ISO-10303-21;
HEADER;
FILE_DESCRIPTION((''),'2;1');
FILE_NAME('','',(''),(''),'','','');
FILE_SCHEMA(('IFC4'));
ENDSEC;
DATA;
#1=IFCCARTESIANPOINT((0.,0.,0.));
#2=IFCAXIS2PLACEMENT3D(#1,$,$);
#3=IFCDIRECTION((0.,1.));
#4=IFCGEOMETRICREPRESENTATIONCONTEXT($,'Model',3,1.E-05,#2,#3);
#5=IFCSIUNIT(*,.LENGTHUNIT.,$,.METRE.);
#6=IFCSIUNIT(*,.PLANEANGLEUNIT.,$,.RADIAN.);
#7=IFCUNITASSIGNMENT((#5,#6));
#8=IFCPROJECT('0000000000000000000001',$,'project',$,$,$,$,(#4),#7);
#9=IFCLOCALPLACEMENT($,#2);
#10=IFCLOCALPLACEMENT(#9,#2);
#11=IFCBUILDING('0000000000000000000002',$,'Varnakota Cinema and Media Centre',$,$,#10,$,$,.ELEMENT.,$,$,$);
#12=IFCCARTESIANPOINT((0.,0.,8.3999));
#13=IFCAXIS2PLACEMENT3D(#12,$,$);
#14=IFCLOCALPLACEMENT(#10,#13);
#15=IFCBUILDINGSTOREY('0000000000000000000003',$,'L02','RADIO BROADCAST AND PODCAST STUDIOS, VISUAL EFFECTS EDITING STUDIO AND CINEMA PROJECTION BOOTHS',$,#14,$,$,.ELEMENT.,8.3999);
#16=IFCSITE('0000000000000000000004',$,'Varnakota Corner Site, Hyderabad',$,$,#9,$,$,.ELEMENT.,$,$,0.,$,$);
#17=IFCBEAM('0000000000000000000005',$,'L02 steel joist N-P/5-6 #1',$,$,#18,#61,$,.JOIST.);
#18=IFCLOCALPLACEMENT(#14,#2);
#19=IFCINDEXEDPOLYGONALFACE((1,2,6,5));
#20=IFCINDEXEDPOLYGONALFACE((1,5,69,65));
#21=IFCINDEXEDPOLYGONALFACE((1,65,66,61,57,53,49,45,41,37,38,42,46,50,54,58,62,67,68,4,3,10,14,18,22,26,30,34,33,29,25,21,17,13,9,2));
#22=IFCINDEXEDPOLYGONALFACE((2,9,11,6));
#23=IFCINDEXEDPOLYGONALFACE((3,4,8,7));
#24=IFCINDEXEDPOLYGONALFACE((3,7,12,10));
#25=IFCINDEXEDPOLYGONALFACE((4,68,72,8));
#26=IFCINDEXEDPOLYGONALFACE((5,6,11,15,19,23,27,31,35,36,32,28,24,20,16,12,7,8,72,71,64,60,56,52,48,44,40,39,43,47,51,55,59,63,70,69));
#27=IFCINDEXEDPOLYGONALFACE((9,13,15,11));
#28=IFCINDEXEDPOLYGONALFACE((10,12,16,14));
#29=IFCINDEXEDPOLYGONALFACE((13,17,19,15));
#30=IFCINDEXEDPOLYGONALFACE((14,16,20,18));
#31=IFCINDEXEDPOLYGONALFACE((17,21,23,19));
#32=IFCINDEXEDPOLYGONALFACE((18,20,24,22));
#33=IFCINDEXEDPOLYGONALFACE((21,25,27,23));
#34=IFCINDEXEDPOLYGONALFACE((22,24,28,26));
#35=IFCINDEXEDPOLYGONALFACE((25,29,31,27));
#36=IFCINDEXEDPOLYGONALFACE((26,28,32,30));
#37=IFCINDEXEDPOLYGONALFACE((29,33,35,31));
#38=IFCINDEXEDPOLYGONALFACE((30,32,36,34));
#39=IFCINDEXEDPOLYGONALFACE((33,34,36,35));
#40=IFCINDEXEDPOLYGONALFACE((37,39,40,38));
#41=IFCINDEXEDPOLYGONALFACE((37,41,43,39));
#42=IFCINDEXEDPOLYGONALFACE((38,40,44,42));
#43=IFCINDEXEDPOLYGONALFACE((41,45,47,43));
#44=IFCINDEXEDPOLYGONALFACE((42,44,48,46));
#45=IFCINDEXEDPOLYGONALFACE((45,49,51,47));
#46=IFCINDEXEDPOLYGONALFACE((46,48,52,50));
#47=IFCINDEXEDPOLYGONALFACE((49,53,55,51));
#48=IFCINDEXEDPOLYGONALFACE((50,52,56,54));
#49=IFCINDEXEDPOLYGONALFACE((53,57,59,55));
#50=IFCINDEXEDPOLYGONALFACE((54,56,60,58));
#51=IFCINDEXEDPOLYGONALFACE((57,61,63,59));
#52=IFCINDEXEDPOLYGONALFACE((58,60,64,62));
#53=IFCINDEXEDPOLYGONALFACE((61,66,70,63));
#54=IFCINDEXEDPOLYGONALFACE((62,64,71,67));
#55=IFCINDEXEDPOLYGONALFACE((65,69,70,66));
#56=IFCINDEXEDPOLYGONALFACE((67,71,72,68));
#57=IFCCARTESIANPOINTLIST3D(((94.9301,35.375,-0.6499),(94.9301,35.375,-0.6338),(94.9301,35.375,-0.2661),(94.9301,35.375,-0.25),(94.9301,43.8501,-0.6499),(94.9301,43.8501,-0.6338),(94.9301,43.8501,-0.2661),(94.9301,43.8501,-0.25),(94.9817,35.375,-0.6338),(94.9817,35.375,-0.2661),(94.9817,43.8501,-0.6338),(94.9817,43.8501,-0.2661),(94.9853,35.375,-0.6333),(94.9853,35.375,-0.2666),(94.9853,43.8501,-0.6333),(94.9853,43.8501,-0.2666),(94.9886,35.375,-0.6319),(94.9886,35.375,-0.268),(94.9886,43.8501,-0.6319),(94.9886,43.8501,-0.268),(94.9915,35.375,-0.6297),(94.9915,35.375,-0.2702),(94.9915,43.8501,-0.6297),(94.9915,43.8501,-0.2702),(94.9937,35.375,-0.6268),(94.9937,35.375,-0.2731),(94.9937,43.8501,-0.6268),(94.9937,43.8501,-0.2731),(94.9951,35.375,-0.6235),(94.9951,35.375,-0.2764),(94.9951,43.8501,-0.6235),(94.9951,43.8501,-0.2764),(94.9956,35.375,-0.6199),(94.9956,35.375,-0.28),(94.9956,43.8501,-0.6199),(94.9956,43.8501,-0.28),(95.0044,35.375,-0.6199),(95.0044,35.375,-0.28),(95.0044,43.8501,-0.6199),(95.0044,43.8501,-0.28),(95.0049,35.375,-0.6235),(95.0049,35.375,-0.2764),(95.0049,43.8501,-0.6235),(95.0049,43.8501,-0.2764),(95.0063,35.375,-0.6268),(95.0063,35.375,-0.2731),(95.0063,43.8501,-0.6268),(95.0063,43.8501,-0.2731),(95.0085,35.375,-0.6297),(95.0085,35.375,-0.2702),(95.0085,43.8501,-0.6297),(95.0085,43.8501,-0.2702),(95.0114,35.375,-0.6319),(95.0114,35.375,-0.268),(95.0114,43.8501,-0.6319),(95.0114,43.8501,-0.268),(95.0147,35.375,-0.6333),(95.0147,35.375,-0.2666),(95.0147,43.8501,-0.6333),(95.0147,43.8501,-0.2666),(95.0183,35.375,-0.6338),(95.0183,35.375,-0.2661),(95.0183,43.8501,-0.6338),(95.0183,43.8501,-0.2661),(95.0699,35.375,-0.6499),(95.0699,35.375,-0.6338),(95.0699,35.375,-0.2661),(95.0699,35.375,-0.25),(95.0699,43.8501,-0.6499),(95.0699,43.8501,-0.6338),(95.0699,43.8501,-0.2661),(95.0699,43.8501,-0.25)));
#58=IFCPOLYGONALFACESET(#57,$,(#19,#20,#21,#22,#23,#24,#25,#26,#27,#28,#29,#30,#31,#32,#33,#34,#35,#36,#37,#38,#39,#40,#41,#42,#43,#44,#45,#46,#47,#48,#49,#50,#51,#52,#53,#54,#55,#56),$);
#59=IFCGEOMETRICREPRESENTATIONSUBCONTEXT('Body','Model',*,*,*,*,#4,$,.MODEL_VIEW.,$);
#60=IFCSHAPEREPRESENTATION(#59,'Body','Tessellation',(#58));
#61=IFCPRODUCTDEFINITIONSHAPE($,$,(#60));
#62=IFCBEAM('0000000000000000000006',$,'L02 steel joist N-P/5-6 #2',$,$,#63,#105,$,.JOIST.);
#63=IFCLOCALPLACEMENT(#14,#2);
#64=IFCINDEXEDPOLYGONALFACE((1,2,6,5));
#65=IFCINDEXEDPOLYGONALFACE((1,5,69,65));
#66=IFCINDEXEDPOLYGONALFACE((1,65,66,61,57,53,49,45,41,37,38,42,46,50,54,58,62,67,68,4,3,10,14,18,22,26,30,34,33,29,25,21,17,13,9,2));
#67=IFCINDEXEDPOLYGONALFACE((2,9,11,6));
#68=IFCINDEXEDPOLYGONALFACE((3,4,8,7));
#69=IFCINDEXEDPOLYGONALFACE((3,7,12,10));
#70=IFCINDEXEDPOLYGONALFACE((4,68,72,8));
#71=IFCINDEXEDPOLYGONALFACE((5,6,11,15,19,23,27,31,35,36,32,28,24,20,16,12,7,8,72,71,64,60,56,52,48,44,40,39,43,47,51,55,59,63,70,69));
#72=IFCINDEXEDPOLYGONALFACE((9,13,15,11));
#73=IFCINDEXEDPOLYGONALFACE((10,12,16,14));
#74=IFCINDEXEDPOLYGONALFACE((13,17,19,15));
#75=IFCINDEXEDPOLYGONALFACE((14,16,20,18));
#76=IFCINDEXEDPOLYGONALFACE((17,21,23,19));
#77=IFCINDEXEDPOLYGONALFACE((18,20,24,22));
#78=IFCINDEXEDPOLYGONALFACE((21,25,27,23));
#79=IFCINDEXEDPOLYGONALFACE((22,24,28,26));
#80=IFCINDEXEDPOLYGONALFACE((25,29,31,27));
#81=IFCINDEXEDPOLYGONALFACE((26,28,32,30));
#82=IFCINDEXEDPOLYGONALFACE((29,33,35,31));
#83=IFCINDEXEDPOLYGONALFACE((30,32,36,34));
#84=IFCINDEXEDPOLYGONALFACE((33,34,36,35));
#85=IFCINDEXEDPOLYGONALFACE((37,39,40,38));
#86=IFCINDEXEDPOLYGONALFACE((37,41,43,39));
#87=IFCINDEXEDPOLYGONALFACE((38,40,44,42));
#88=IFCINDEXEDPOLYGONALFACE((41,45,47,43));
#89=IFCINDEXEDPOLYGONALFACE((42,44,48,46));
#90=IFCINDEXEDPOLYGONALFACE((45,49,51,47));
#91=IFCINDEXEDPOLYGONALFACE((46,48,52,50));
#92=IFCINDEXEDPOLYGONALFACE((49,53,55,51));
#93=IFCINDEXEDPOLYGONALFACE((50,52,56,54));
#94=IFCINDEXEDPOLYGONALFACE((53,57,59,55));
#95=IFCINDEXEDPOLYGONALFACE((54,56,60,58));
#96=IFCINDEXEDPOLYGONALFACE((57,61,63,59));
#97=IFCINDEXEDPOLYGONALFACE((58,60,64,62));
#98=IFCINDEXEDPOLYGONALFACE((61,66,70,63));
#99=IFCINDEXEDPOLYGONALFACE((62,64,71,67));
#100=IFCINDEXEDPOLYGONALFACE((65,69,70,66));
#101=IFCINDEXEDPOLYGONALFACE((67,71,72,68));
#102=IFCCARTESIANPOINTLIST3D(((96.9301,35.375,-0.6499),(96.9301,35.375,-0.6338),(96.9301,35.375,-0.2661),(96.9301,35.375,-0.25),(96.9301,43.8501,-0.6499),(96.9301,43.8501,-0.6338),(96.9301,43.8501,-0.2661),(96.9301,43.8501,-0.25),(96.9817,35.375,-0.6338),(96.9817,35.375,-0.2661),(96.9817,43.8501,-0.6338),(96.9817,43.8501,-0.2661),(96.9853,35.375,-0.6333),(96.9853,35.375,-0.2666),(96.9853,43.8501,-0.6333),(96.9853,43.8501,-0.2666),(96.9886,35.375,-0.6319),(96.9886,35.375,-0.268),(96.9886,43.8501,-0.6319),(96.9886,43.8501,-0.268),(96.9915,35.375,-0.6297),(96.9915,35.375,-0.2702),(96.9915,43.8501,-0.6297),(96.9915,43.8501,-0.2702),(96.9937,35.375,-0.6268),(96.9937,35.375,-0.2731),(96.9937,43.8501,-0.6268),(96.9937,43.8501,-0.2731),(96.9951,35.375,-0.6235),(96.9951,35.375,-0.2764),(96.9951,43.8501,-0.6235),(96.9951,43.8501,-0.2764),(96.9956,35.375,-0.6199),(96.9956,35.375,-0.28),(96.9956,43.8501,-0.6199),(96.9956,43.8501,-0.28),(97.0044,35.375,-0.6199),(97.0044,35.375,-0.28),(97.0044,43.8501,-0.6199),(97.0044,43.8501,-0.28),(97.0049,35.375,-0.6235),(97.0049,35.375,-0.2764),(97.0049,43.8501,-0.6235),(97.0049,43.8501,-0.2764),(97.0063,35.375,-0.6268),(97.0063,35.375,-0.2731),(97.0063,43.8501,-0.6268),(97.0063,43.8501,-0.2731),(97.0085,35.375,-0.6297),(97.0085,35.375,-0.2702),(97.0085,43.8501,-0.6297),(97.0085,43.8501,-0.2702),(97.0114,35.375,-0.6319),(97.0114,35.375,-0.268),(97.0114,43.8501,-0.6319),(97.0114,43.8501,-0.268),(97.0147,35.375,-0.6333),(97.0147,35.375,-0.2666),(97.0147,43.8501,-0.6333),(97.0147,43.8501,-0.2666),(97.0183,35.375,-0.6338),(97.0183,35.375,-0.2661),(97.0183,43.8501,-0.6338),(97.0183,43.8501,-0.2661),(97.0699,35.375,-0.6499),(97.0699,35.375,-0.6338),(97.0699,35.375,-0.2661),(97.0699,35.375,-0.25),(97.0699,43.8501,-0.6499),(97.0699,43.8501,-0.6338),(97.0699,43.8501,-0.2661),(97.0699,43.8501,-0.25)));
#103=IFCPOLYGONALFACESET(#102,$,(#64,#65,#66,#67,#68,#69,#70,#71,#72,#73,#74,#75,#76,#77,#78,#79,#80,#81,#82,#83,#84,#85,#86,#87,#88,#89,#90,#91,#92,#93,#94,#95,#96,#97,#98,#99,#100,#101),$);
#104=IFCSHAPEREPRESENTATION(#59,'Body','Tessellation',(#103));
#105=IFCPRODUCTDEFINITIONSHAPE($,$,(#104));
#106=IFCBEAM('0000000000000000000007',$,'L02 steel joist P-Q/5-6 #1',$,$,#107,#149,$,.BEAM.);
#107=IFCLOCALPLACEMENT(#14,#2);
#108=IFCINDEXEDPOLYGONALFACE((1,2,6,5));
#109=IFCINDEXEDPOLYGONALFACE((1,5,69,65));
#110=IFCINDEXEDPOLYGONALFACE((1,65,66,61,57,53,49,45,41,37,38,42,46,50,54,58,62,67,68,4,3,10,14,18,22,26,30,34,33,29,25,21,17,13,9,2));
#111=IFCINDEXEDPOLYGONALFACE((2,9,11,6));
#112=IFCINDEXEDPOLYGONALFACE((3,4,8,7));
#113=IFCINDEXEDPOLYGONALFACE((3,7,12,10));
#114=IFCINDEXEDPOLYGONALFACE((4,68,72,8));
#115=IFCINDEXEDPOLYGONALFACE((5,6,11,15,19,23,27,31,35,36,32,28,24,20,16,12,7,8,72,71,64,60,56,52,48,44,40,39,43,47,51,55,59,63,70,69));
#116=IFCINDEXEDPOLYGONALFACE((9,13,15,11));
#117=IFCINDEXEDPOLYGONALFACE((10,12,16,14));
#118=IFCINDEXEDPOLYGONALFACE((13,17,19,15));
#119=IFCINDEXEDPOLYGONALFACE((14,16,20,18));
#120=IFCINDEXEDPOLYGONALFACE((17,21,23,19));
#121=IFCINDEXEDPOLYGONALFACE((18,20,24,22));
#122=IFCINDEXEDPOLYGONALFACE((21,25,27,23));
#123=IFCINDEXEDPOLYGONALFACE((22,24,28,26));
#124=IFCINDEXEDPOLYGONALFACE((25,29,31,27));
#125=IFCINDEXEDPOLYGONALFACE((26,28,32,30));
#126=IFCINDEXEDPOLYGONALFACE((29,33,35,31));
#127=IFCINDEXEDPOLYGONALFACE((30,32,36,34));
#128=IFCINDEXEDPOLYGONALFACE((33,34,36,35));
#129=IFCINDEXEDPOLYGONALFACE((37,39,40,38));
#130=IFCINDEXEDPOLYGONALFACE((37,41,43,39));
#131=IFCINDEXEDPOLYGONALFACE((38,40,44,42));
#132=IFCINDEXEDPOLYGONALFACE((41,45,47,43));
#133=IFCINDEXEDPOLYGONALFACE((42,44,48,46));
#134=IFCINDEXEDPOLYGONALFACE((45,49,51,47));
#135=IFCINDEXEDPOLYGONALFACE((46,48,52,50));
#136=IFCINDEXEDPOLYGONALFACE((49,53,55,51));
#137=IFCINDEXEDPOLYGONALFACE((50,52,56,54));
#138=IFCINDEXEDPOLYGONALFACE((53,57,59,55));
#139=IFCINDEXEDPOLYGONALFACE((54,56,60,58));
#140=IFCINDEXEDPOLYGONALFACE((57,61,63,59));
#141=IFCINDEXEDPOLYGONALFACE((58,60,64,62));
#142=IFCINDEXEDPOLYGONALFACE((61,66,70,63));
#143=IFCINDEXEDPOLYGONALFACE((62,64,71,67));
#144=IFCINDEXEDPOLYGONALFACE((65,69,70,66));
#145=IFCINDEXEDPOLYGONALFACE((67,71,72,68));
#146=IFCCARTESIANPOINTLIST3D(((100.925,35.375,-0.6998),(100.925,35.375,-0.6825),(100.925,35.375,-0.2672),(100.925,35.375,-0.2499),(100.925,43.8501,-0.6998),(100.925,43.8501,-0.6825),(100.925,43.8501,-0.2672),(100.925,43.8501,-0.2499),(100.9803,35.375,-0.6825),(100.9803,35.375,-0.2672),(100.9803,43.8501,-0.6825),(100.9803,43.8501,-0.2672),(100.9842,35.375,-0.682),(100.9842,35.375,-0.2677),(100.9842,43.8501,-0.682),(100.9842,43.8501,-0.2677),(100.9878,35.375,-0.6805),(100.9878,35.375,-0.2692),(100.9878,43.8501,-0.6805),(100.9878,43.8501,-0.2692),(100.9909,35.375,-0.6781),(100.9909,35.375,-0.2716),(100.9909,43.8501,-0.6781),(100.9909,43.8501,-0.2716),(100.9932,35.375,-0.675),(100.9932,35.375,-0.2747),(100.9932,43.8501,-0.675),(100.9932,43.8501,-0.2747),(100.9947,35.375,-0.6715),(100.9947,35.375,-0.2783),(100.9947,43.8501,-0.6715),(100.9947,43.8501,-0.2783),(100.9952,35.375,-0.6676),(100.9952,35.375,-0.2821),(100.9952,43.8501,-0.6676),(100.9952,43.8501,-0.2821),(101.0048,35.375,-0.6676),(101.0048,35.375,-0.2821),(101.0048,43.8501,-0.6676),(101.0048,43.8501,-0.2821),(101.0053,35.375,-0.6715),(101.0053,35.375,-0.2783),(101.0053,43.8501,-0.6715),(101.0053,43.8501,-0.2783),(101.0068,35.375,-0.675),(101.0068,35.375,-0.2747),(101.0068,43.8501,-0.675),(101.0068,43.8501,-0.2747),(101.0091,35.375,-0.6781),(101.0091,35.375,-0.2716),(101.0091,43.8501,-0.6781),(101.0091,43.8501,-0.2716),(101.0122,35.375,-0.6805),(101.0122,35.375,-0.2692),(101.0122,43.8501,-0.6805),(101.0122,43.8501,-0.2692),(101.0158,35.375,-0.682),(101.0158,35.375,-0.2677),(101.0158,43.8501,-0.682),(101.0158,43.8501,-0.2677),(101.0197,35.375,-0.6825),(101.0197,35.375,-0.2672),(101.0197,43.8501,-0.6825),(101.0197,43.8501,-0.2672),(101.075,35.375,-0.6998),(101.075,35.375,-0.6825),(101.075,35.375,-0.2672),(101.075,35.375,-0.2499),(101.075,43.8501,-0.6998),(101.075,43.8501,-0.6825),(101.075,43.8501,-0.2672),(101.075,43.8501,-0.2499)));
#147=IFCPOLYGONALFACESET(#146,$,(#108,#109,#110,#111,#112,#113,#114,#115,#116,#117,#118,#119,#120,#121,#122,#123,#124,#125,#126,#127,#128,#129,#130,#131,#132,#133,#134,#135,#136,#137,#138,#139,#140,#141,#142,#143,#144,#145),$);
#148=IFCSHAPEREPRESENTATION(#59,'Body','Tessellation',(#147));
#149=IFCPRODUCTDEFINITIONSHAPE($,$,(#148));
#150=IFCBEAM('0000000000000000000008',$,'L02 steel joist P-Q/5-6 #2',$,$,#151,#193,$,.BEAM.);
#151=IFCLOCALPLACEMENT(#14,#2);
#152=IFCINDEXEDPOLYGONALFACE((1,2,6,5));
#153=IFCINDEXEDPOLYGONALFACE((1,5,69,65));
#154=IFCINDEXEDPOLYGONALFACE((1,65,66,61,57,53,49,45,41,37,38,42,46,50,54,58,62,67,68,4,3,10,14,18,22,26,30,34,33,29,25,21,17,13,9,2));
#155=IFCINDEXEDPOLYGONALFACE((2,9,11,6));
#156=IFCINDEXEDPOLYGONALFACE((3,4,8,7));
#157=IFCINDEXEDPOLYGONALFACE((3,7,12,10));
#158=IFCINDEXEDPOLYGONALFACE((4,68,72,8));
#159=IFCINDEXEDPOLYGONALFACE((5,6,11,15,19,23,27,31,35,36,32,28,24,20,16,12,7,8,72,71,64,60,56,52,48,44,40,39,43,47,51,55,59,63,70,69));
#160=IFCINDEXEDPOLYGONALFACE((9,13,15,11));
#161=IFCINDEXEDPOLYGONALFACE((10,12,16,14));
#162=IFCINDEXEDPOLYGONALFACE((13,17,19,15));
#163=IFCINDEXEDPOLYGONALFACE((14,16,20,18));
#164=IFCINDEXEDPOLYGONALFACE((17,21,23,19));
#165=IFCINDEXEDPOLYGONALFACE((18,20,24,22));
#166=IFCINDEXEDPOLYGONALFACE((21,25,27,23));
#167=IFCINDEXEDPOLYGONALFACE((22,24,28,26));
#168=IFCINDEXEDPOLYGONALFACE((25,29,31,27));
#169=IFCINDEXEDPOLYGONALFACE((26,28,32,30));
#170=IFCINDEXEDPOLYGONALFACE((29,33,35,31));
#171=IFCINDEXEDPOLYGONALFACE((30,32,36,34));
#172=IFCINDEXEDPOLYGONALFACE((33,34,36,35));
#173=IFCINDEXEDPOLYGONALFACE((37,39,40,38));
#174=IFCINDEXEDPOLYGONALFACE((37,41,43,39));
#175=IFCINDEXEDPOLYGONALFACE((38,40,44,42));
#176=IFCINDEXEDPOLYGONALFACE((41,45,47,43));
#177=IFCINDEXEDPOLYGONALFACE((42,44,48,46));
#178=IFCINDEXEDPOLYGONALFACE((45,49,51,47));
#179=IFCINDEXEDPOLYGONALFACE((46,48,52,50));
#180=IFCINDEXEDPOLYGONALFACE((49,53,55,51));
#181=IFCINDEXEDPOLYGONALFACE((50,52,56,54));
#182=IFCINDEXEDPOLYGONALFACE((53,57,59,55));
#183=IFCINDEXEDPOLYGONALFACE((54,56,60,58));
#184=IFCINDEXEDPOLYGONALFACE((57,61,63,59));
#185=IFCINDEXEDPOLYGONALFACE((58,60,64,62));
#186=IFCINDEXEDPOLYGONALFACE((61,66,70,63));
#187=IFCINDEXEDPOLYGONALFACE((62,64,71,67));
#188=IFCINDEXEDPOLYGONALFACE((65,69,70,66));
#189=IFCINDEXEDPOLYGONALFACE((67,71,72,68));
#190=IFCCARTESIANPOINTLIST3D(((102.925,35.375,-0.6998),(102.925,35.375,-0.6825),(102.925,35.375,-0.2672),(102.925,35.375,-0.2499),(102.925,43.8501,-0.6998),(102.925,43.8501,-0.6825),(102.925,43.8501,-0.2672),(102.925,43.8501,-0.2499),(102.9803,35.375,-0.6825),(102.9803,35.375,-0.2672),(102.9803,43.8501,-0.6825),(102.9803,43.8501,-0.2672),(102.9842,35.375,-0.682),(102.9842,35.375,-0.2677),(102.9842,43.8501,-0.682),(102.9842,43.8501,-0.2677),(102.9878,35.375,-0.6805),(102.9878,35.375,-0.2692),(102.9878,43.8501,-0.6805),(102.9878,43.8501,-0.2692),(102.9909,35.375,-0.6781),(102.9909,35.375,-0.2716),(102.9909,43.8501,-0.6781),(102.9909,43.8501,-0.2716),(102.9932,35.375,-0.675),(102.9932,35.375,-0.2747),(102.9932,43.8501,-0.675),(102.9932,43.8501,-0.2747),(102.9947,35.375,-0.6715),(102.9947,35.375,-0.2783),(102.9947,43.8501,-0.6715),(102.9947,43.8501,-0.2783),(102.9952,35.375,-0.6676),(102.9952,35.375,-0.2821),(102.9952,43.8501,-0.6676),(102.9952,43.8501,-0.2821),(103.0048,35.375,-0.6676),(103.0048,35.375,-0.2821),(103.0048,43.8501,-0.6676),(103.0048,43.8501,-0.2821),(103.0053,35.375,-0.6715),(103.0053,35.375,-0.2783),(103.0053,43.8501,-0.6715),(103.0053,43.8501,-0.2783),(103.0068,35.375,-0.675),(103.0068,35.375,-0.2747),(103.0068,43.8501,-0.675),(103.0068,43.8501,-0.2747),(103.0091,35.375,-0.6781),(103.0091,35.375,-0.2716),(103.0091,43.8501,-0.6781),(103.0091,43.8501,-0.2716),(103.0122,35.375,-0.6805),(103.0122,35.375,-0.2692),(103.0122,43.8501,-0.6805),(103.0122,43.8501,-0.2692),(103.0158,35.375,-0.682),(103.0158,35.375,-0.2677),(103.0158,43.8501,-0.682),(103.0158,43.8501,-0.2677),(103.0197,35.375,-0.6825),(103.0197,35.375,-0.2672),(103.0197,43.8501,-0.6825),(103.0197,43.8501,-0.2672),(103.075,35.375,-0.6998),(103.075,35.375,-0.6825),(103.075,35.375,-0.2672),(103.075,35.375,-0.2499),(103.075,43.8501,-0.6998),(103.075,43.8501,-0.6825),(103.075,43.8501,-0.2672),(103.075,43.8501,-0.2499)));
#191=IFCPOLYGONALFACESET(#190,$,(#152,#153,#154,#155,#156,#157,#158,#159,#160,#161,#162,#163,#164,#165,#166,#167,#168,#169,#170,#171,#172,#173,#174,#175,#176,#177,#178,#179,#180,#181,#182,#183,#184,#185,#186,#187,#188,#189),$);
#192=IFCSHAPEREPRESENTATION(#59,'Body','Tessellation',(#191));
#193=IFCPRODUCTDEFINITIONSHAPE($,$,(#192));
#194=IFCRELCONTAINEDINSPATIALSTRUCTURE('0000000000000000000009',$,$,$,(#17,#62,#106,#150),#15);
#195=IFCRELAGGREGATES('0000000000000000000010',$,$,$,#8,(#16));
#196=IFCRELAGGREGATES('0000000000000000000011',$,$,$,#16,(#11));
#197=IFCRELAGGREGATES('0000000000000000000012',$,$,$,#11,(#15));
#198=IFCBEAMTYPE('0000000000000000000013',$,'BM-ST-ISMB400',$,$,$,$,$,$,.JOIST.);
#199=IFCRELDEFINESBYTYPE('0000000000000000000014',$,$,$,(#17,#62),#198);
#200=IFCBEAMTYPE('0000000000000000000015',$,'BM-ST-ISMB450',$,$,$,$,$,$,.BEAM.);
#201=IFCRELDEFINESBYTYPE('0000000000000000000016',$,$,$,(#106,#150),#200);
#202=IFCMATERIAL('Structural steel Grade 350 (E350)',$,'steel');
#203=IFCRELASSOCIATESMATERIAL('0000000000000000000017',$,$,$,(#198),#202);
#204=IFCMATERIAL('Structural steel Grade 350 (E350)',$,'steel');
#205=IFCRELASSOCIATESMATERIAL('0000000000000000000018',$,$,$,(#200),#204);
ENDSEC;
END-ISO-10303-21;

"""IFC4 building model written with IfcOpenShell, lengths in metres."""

from ifc_helpers import new_model, si_unit, direction, frame, origin, origin_2d, place, context, subcontext, project, spatial, i_section, extrude, material, material_profile, profile_set, type_object, element, save


model = new_model("IFC4")

# Units and contexts
model_context = context("Model", 3, precision=1e-05, world=origin(), true_north=direction((0.0, 1.0)))
body_context = subcontext(model_context, "Body", "Model", "MODEL_VIEW")
ifc_project = project(units=[si_unit("LENGTHUNIT", "METRE"), si_unit("PLANEANGLEUNIT", "RADIAN")], contexts=[model_context])

# Site, building, storey
site_placement = place(None, origin())
site = spatial("IfcSite", under=ifc_project, at=site_placement, Name="Varnakota Corner Site, Hyderabad", CompositionType="ELEMENT", RefElevation=0.0)
building_placement = place(site_placement, origin())
building = spatial("IfcBuilding", under=site, at=building_placement, Name="Varnakota Cinema and Media Centre", CompositionType="ELEMENT")
storey_placement = place(building_placement, frame((0.0, 0.0, 8.3999)))
storey = spatial("IfcBuildingStorey", under=building, at=storey_placement, Name="L02", Description="RADIO BROADCAST AND PODCAST STUDIOS, VISUAL EFFECTS EDITING STUDIO AND CINEMA PROJECTION BOOTHS", CompositionType="ELEMENT", Elevation=8.3999)

# Beams
ifc_material_1 = material(Name="Structural steel Grade 350 (E350)", Category="steel")
ifc_material_profile_1 = material_profile(ifc_material_1, i_section(OverallWidth=0.1399, OverallDepth=0.3999, WebThickness=0.0088, FlangeThickness=0.0161, FilletRadius=0.0139, at=origin_2d()), Name="ISMB 400")
ifc_profile_set_1 = profile_set([ifc_material_profile_1], Name="Structural steel Grade 350 (E350)")
beam_type_1 = type_object("IfcBeamType", Name="BM-ST-ISMB400", PredefinedType="JOIST", material=ifc_profile_set_1)
for number, where, z_axis, x_axis, name in (
    (1, (95.0, 35.375, -0.45), (0.0, 1.0, 0.0), (-1.0, 0.0, 0.0), "L02 steel joist N-P/5-6 #1"),
    (2, (97.0, 35.375, -0.45), (0.0, 1.0, 0.0), (-1.0, 0.0, 0.0), "L02 steel joist N-P/5-6 #2"),
):
    element("IfcBeam", number, at=place(storey_placement, frame(where, z_axis=z_axis, x_axis=x_axis)), inside=storey, type_object=beam_type_1, Name=name, PredefinedType="JOIST", context=body_context, shape_type="SweptSolid", body=[
        extrude(i_section(OverallWidth=0.1399, OverallDepth=0.3999, WebThickness=0.0088, FlangeThickness=0.0161, FilletRadius=0.0139, at=origin_2d()), origin(), (0.0, 0.0, 1.0), 8.4751),
    ])
ifc_material_2 = material(Name="Structural steel Grade 350 (E350)", Category="steel")
ifc_material_profile_2 = material_profile(ifc_material_2, i_section(OverallWidth=0.1499, OverallDepth=0.45, WebThickness=0.0095, FlangeThickness=0.0173, FilletRadius=0.0149, at=origin_2d()), Name="ISMB 450")
ifc_profile_set_2 = profile_set([ifc_material_profile_2], Name="Structural steel Grade 350 (E350)")
beam_type_2 = type_object("IfcBeamType", Name="BM-ST-ISMB450", PredefinedType="BEAM", material=ifc_profile_set_2)
for number, where, z_axis, x_axis, name in (
    (3, (101.0, 35.375, -0.4749), (0.0, 1.0, 0.0), (-1.0, 0.0, 0.0), "L02 steel joist P-Q/5-6 #1"),
    (4, (103.0, 35.375, -0.4749), (0.0, 1.0, 0.0), (-1.0, 0.0, 0.0), "L02 steel joist P-Q/5-6 #2"),
):
    element("IfcBeam", number, at=place(storey_placement, frame(where, z_axis=z_axis, x_axis=x_axis)), inside=storey, type_object=beam_type_2, Name=name, PredefinedType="BEAM", context=body_context, shape_type="SweptSolid", body=[
        extrude(i_section(OverallWidth=0.1499, OverallDepth=0.45, WebThickness=0.0095, FlangeThickness=0.0173, FilletRadius=0.0149, at=origin_2d()), origin(), (0.0, 0.0, 1.0), 8.4751),
    ])

save(model, "model.ifc")
